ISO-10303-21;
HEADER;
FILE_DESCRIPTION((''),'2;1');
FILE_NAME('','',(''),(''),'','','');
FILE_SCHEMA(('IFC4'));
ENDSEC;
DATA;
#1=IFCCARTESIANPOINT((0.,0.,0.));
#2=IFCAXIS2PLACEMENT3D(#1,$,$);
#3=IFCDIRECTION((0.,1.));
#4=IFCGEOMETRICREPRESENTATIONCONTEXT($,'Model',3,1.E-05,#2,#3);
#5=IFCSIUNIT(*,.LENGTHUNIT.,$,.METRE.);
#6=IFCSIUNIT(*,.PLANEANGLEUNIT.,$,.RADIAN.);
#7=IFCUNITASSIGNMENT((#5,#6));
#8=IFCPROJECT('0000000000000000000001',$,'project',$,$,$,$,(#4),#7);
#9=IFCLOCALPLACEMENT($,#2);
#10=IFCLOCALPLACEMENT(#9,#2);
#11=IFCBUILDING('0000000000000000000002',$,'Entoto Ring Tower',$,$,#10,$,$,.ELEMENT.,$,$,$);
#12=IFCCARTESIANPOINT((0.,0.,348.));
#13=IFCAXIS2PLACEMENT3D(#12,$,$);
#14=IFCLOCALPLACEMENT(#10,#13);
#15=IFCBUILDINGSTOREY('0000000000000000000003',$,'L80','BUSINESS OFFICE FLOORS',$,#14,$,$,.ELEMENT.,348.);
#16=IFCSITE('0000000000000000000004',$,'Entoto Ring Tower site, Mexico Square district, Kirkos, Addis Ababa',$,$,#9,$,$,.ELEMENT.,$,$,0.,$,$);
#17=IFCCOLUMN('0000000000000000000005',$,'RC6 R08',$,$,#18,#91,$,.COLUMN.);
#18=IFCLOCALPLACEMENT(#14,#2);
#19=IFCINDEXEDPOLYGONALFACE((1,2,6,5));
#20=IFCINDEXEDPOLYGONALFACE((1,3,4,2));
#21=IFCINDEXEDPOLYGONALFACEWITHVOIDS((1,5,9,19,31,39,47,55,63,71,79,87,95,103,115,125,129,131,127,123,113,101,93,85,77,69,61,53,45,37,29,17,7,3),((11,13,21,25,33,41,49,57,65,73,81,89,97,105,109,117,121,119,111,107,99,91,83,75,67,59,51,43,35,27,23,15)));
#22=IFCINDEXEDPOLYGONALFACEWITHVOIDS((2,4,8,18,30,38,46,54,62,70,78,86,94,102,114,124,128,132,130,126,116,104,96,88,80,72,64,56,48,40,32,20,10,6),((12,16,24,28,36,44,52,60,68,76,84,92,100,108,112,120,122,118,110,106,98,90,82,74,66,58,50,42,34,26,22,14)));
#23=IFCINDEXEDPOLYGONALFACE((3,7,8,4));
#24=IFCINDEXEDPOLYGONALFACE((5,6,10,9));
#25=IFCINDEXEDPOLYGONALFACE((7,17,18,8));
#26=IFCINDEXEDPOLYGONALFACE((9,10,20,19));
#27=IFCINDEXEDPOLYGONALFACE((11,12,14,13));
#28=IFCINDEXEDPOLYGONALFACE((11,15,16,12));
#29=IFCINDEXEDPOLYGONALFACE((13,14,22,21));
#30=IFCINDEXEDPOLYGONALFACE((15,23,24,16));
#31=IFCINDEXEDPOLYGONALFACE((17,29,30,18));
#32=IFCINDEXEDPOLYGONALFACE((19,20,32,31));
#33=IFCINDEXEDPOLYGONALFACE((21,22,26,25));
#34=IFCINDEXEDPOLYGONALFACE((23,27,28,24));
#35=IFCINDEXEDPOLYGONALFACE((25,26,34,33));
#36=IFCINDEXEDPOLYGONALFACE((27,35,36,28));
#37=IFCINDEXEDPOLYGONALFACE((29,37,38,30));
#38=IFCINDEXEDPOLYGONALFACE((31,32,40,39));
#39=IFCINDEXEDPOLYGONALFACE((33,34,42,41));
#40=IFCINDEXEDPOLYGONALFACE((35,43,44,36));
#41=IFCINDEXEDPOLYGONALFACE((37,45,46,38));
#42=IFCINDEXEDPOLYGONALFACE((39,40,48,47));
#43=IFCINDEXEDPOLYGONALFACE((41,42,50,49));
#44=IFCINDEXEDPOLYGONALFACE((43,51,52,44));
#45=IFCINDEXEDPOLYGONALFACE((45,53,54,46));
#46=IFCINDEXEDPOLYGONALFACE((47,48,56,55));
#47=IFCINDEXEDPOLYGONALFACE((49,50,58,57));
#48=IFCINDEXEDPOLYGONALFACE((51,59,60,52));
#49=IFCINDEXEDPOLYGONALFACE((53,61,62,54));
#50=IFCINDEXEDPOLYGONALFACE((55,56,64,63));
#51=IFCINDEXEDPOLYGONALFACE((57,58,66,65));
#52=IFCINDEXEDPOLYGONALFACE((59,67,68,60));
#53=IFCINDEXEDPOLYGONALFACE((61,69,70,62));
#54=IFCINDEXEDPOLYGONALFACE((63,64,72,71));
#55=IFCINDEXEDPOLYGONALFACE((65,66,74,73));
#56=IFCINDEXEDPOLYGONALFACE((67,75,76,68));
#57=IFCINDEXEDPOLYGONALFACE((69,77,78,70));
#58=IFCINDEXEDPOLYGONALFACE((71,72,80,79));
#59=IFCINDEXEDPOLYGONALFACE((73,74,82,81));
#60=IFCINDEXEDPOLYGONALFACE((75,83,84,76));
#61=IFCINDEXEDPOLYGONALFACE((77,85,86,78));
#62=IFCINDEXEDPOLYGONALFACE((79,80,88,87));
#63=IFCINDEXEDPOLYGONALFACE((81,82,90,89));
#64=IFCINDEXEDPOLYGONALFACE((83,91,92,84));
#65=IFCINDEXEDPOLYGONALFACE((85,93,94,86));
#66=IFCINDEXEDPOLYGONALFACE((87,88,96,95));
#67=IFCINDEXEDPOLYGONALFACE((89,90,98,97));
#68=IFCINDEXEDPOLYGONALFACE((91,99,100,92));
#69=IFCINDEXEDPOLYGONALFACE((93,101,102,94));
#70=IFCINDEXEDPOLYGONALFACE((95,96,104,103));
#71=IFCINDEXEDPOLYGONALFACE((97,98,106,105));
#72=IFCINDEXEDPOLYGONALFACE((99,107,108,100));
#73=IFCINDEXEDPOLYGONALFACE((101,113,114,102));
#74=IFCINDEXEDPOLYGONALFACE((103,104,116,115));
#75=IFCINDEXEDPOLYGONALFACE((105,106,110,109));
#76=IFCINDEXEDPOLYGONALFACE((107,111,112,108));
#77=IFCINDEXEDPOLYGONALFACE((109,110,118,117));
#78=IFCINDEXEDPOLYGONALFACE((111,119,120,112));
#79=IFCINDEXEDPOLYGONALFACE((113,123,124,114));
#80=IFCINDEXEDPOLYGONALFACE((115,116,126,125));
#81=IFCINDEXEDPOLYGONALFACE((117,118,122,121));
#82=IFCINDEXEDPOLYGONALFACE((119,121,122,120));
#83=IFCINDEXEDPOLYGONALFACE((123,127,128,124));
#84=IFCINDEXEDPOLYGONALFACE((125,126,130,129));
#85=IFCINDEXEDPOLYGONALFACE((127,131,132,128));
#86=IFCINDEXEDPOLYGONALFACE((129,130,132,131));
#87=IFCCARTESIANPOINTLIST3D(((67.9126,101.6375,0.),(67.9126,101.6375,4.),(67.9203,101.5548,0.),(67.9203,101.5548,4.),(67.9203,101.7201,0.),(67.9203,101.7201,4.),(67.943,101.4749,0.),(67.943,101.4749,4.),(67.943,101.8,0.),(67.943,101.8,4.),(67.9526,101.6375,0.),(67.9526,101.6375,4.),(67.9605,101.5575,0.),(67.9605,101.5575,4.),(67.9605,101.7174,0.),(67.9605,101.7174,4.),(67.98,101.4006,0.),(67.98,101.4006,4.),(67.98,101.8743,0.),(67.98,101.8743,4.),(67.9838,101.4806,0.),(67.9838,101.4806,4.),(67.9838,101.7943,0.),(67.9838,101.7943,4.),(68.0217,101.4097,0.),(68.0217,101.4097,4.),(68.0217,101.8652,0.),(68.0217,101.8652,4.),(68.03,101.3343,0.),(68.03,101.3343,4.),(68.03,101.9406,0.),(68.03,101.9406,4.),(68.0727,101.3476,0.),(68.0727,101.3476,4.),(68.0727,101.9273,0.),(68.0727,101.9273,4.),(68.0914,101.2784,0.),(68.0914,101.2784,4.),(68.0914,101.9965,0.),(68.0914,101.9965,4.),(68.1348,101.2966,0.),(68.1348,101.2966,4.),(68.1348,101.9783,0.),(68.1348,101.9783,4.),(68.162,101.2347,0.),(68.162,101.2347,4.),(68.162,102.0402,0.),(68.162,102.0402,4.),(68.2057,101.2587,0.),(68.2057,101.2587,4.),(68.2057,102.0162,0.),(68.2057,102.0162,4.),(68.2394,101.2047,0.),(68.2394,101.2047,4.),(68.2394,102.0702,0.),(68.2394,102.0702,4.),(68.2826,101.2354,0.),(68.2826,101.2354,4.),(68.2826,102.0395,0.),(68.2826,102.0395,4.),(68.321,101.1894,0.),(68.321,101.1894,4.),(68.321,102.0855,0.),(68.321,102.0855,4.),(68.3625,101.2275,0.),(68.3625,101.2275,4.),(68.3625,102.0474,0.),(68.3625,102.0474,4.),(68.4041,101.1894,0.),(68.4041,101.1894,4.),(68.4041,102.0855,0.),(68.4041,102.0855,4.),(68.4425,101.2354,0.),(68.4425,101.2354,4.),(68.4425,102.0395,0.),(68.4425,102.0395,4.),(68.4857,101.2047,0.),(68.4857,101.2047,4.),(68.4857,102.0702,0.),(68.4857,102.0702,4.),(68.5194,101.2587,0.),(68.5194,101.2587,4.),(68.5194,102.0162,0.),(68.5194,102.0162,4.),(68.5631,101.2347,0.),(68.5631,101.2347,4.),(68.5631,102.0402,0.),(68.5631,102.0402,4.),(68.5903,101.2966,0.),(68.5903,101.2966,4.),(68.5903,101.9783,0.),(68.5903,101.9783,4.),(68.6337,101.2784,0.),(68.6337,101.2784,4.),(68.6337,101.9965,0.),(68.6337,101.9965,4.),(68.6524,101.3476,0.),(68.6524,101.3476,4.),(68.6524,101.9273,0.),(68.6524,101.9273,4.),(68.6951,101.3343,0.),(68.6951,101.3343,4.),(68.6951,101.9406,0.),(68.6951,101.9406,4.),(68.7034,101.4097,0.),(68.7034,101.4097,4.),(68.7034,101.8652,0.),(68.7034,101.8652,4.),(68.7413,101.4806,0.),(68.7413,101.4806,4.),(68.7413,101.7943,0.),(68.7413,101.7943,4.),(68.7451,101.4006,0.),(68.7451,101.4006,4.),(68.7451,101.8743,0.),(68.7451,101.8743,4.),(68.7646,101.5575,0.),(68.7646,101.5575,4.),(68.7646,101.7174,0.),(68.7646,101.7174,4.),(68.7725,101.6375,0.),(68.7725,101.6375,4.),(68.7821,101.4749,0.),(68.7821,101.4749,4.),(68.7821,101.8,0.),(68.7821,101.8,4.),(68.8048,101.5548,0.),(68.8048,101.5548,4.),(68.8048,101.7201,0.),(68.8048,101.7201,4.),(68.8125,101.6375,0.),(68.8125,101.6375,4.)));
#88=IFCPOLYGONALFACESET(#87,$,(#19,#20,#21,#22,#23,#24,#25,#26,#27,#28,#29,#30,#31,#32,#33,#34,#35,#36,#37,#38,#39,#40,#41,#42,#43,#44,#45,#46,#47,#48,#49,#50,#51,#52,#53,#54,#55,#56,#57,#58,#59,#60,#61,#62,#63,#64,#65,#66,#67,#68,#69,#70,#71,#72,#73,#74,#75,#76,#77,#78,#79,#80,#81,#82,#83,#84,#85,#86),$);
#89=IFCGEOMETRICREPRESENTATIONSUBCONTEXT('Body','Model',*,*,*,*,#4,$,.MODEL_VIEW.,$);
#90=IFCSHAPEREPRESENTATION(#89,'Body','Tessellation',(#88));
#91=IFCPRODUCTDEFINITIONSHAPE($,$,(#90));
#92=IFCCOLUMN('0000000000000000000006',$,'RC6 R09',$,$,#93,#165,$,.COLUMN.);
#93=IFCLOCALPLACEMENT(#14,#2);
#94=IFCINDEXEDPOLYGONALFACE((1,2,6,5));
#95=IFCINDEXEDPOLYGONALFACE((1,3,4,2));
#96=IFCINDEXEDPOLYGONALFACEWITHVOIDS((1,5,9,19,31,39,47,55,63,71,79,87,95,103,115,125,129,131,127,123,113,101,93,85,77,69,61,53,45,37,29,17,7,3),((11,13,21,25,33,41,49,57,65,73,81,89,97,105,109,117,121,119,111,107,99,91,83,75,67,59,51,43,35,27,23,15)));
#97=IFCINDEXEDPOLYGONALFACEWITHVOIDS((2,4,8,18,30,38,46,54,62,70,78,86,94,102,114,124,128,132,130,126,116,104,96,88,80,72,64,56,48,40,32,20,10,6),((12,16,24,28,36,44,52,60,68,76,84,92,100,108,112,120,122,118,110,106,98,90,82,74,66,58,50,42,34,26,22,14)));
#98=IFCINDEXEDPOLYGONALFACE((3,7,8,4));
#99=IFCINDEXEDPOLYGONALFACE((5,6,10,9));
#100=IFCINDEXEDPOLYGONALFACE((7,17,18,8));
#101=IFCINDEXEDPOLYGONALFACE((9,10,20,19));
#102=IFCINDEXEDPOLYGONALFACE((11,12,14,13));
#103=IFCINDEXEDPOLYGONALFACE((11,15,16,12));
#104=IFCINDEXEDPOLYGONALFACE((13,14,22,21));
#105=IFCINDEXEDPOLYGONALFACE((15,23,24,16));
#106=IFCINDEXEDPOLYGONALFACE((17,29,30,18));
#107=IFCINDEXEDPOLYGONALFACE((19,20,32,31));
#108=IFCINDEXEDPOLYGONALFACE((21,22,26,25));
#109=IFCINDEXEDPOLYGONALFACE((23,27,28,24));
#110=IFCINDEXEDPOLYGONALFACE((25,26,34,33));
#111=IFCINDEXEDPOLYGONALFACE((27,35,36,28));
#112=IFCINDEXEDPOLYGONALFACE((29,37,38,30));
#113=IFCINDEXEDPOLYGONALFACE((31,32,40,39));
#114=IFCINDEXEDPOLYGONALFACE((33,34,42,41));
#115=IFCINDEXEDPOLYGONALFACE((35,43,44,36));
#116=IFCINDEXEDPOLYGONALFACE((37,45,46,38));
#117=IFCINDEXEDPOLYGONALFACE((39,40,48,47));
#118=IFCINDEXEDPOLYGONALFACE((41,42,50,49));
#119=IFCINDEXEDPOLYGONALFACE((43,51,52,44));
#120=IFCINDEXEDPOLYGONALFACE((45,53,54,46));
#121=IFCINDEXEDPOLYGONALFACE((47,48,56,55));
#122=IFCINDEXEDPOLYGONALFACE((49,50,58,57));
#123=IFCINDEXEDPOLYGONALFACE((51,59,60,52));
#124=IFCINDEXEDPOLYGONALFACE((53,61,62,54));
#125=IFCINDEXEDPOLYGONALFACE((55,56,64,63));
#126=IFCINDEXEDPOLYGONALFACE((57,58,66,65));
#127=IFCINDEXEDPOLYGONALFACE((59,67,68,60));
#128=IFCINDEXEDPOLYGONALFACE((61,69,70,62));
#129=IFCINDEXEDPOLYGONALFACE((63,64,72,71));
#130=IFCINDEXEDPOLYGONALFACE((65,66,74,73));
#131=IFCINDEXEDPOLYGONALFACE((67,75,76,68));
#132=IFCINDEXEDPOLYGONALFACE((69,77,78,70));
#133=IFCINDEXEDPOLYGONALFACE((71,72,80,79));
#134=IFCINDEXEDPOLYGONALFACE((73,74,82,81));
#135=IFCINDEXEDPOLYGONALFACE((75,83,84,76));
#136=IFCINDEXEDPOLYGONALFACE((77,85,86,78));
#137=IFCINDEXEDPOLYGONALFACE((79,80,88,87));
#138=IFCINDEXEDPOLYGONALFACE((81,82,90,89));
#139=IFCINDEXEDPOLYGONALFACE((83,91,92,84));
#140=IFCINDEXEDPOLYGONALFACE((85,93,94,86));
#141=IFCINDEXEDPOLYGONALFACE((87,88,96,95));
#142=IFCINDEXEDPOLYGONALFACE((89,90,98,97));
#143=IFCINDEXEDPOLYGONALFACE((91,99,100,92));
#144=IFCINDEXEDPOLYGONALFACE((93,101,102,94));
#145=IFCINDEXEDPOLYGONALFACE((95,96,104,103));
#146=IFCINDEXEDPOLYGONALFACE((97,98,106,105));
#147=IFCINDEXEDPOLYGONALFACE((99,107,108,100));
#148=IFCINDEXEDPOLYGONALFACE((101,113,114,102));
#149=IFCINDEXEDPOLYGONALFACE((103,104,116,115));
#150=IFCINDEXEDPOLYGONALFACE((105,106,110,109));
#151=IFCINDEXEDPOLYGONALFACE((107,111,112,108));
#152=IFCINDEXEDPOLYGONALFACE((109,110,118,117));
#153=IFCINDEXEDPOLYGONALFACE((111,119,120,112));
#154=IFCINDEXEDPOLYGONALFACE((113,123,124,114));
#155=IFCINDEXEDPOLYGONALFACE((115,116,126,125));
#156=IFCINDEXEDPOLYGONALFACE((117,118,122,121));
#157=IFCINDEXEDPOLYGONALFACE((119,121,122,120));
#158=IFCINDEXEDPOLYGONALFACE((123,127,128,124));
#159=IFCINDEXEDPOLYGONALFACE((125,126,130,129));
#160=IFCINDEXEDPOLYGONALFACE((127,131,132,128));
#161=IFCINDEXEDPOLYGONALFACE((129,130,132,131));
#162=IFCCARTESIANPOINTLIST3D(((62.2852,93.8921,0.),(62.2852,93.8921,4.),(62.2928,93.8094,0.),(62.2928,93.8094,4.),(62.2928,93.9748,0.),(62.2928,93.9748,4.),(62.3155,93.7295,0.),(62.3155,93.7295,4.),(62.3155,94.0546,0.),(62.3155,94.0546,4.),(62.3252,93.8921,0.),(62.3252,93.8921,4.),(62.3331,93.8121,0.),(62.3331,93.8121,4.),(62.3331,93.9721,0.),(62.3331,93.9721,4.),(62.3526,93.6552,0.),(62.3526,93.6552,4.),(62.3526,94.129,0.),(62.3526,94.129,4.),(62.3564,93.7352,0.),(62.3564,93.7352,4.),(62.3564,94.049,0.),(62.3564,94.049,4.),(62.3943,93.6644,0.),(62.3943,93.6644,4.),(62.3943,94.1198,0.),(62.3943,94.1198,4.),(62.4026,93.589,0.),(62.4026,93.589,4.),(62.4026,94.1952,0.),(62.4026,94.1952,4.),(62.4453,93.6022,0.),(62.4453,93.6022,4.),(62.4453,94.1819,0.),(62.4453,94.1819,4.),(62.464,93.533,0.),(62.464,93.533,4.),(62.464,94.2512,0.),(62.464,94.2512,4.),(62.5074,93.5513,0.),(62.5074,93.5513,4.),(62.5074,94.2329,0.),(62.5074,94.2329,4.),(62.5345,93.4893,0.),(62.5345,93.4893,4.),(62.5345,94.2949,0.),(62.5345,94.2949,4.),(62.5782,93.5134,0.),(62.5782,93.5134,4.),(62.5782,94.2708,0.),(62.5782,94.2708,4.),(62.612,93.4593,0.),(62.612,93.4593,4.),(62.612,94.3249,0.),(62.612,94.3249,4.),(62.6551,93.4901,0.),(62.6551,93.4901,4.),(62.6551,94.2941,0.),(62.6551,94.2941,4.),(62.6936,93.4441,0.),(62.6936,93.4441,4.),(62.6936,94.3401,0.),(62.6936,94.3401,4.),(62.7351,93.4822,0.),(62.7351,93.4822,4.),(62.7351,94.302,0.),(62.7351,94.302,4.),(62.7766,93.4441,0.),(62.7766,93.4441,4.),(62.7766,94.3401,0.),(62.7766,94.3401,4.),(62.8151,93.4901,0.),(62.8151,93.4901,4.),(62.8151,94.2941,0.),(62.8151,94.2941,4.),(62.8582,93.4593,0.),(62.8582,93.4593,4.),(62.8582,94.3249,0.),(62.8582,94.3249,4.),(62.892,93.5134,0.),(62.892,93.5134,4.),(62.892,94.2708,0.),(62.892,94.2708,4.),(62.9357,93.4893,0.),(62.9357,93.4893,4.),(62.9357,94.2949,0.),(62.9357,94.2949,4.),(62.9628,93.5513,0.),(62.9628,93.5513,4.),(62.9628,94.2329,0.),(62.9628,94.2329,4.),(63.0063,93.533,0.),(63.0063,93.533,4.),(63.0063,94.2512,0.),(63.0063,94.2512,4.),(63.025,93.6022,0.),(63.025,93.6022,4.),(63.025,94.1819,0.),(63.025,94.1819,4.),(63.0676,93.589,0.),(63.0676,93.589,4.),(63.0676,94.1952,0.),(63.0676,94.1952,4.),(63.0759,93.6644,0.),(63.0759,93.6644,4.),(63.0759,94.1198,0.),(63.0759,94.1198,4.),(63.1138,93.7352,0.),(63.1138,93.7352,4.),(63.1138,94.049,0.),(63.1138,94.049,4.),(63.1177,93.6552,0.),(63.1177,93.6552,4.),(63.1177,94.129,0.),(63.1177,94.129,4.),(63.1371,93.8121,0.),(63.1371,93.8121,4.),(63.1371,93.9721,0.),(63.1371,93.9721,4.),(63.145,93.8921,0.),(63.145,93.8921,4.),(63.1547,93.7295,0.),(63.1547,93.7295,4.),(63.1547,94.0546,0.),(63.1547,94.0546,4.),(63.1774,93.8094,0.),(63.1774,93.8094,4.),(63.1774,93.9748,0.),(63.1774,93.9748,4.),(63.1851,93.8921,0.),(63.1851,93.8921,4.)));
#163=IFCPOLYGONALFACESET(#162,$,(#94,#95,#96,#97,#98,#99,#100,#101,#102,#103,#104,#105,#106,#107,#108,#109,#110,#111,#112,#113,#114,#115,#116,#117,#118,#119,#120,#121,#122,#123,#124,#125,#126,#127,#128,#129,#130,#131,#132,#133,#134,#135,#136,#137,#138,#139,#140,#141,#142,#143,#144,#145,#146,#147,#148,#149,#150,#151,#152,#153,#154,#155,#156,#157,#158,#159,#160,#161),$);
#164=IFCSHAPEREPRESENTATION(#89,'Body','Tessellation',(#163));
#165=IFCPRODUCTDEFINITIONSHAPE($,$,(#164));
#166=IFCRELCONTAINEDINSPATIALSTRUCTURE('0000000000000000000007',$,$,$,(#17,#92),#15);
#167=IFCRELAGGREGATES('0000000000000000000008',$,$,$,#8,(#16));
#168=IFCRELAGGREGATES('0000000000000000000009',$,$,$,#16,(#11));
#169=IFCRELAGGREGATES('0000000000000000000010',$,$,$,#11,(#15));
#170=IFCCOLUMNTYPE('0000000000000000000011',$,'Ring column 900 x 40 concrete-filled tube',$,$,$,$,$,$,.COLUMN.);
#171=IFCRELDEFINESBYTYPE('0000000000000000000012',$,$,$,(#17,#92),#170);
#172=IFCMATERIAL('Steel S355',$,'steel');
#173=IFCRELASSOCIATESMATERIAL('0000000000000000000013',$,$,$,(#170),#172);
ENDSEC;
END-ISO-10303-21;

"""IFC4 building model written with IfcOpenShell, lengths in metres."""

from ifc_helpers import new_model, si_unit, direction, frame, origin, origin_2d, place, context, subcontext, project, spatial, circle, hollow_circle, extrude, material, material_profile, profile_set, type_object, element, save


model = new_model("IFC4")

# Units and contexts
model_context = context("Model", 3, precision=1e-05, world=origin(), true_north=direction((0.0, 1.0)))
body_context = subcontext(model_context, "Body", "Model", "MODEL_VIEW")
ifc_project = project(units=[si_unit("LENGTHUNIT", "METRE"), si_unit("PLANEANGLEUNIT", "RADIAN")], contexts=[model_context])

# Site, building, storey
site_placement = place(None, origin())
site = spatial("IfcSite", under=ifc_project, at=site_placement, Name="Entoto Ring Tower site, Mexico Square district, Kirkos, Addis Ababa", CompositionType="ELEMENT", RefElevation=0.0)
building_placement = place(site_placement, origin())
building = spatial("IfcBuilding", under=site, at=building_placement, Name="Entoto Ring Tower", CompositionType="ELEMENT")
storey_placement = place(building_placement, frame((0.0, 0.0, 348.0)))
storey = spatial("IfcBuildingStorey", under=building, at=storey_placement, Name="L80", Description="BUSINESS OFFICE FLOORS", CompositionType="ELEMENT", Elevation=348.0)

# Columns
ifc_material_1 = material(Name="Steel S355", Category="steel")
ifc_material_profile_1 = material_profile(ifc_material_1, hollow_circle(Radius=0.45, WallThickness=0.04, at=origin_2d()), Name="CHS 900 x 40")
ifc_material_2 = material(Name="Concrete C60/75", Category="concrete")
ifc_material_profile_2 = material_profile(ifc_material_2, circle(Radius=0.4099, at=origin_2d()), Name="Concrete C60/75 infill")
ifc_profile_set_1 = profile_set([ifc_material_profile_1, ifc_material_profile_2], Name="Steel S355")
column_type = type_object("IfcColumnType", Name="Ring column 900 x 40 concrete-filled tube", PredefinedType="COLUMN", material=ifc_profile_set_1)
for number, where, z_axis, x_axis, name in (
    (1, (68.3625, 101.6375, 0.0), (0.0, 0.0, 1.0), (1.0, 0.0, 0.0), "RC6 R08"),
    (2, (62.7351, 93.8921, 0.0), (0.0, 0.0, 1.0), (1.0, 0.0, 0.0), "RC6 R09"),
):
    element("IfcColumn", number, at=place(storey_placement, frame(where, z_axis=z_axis, x_axis=x_axis)), inside=storey, type_object=column_type, Name=name, PredefinedType="COLUMN", context=body_context, shape_type="SweptSolid", body=[
        extrude(hollow_circle(Radius=0.45, WallThickness=0.04, at=origin_2d()), origin(), (0.0, 0.0, 1.0), 4.0),
    ])

save(model, "model.ifc")
